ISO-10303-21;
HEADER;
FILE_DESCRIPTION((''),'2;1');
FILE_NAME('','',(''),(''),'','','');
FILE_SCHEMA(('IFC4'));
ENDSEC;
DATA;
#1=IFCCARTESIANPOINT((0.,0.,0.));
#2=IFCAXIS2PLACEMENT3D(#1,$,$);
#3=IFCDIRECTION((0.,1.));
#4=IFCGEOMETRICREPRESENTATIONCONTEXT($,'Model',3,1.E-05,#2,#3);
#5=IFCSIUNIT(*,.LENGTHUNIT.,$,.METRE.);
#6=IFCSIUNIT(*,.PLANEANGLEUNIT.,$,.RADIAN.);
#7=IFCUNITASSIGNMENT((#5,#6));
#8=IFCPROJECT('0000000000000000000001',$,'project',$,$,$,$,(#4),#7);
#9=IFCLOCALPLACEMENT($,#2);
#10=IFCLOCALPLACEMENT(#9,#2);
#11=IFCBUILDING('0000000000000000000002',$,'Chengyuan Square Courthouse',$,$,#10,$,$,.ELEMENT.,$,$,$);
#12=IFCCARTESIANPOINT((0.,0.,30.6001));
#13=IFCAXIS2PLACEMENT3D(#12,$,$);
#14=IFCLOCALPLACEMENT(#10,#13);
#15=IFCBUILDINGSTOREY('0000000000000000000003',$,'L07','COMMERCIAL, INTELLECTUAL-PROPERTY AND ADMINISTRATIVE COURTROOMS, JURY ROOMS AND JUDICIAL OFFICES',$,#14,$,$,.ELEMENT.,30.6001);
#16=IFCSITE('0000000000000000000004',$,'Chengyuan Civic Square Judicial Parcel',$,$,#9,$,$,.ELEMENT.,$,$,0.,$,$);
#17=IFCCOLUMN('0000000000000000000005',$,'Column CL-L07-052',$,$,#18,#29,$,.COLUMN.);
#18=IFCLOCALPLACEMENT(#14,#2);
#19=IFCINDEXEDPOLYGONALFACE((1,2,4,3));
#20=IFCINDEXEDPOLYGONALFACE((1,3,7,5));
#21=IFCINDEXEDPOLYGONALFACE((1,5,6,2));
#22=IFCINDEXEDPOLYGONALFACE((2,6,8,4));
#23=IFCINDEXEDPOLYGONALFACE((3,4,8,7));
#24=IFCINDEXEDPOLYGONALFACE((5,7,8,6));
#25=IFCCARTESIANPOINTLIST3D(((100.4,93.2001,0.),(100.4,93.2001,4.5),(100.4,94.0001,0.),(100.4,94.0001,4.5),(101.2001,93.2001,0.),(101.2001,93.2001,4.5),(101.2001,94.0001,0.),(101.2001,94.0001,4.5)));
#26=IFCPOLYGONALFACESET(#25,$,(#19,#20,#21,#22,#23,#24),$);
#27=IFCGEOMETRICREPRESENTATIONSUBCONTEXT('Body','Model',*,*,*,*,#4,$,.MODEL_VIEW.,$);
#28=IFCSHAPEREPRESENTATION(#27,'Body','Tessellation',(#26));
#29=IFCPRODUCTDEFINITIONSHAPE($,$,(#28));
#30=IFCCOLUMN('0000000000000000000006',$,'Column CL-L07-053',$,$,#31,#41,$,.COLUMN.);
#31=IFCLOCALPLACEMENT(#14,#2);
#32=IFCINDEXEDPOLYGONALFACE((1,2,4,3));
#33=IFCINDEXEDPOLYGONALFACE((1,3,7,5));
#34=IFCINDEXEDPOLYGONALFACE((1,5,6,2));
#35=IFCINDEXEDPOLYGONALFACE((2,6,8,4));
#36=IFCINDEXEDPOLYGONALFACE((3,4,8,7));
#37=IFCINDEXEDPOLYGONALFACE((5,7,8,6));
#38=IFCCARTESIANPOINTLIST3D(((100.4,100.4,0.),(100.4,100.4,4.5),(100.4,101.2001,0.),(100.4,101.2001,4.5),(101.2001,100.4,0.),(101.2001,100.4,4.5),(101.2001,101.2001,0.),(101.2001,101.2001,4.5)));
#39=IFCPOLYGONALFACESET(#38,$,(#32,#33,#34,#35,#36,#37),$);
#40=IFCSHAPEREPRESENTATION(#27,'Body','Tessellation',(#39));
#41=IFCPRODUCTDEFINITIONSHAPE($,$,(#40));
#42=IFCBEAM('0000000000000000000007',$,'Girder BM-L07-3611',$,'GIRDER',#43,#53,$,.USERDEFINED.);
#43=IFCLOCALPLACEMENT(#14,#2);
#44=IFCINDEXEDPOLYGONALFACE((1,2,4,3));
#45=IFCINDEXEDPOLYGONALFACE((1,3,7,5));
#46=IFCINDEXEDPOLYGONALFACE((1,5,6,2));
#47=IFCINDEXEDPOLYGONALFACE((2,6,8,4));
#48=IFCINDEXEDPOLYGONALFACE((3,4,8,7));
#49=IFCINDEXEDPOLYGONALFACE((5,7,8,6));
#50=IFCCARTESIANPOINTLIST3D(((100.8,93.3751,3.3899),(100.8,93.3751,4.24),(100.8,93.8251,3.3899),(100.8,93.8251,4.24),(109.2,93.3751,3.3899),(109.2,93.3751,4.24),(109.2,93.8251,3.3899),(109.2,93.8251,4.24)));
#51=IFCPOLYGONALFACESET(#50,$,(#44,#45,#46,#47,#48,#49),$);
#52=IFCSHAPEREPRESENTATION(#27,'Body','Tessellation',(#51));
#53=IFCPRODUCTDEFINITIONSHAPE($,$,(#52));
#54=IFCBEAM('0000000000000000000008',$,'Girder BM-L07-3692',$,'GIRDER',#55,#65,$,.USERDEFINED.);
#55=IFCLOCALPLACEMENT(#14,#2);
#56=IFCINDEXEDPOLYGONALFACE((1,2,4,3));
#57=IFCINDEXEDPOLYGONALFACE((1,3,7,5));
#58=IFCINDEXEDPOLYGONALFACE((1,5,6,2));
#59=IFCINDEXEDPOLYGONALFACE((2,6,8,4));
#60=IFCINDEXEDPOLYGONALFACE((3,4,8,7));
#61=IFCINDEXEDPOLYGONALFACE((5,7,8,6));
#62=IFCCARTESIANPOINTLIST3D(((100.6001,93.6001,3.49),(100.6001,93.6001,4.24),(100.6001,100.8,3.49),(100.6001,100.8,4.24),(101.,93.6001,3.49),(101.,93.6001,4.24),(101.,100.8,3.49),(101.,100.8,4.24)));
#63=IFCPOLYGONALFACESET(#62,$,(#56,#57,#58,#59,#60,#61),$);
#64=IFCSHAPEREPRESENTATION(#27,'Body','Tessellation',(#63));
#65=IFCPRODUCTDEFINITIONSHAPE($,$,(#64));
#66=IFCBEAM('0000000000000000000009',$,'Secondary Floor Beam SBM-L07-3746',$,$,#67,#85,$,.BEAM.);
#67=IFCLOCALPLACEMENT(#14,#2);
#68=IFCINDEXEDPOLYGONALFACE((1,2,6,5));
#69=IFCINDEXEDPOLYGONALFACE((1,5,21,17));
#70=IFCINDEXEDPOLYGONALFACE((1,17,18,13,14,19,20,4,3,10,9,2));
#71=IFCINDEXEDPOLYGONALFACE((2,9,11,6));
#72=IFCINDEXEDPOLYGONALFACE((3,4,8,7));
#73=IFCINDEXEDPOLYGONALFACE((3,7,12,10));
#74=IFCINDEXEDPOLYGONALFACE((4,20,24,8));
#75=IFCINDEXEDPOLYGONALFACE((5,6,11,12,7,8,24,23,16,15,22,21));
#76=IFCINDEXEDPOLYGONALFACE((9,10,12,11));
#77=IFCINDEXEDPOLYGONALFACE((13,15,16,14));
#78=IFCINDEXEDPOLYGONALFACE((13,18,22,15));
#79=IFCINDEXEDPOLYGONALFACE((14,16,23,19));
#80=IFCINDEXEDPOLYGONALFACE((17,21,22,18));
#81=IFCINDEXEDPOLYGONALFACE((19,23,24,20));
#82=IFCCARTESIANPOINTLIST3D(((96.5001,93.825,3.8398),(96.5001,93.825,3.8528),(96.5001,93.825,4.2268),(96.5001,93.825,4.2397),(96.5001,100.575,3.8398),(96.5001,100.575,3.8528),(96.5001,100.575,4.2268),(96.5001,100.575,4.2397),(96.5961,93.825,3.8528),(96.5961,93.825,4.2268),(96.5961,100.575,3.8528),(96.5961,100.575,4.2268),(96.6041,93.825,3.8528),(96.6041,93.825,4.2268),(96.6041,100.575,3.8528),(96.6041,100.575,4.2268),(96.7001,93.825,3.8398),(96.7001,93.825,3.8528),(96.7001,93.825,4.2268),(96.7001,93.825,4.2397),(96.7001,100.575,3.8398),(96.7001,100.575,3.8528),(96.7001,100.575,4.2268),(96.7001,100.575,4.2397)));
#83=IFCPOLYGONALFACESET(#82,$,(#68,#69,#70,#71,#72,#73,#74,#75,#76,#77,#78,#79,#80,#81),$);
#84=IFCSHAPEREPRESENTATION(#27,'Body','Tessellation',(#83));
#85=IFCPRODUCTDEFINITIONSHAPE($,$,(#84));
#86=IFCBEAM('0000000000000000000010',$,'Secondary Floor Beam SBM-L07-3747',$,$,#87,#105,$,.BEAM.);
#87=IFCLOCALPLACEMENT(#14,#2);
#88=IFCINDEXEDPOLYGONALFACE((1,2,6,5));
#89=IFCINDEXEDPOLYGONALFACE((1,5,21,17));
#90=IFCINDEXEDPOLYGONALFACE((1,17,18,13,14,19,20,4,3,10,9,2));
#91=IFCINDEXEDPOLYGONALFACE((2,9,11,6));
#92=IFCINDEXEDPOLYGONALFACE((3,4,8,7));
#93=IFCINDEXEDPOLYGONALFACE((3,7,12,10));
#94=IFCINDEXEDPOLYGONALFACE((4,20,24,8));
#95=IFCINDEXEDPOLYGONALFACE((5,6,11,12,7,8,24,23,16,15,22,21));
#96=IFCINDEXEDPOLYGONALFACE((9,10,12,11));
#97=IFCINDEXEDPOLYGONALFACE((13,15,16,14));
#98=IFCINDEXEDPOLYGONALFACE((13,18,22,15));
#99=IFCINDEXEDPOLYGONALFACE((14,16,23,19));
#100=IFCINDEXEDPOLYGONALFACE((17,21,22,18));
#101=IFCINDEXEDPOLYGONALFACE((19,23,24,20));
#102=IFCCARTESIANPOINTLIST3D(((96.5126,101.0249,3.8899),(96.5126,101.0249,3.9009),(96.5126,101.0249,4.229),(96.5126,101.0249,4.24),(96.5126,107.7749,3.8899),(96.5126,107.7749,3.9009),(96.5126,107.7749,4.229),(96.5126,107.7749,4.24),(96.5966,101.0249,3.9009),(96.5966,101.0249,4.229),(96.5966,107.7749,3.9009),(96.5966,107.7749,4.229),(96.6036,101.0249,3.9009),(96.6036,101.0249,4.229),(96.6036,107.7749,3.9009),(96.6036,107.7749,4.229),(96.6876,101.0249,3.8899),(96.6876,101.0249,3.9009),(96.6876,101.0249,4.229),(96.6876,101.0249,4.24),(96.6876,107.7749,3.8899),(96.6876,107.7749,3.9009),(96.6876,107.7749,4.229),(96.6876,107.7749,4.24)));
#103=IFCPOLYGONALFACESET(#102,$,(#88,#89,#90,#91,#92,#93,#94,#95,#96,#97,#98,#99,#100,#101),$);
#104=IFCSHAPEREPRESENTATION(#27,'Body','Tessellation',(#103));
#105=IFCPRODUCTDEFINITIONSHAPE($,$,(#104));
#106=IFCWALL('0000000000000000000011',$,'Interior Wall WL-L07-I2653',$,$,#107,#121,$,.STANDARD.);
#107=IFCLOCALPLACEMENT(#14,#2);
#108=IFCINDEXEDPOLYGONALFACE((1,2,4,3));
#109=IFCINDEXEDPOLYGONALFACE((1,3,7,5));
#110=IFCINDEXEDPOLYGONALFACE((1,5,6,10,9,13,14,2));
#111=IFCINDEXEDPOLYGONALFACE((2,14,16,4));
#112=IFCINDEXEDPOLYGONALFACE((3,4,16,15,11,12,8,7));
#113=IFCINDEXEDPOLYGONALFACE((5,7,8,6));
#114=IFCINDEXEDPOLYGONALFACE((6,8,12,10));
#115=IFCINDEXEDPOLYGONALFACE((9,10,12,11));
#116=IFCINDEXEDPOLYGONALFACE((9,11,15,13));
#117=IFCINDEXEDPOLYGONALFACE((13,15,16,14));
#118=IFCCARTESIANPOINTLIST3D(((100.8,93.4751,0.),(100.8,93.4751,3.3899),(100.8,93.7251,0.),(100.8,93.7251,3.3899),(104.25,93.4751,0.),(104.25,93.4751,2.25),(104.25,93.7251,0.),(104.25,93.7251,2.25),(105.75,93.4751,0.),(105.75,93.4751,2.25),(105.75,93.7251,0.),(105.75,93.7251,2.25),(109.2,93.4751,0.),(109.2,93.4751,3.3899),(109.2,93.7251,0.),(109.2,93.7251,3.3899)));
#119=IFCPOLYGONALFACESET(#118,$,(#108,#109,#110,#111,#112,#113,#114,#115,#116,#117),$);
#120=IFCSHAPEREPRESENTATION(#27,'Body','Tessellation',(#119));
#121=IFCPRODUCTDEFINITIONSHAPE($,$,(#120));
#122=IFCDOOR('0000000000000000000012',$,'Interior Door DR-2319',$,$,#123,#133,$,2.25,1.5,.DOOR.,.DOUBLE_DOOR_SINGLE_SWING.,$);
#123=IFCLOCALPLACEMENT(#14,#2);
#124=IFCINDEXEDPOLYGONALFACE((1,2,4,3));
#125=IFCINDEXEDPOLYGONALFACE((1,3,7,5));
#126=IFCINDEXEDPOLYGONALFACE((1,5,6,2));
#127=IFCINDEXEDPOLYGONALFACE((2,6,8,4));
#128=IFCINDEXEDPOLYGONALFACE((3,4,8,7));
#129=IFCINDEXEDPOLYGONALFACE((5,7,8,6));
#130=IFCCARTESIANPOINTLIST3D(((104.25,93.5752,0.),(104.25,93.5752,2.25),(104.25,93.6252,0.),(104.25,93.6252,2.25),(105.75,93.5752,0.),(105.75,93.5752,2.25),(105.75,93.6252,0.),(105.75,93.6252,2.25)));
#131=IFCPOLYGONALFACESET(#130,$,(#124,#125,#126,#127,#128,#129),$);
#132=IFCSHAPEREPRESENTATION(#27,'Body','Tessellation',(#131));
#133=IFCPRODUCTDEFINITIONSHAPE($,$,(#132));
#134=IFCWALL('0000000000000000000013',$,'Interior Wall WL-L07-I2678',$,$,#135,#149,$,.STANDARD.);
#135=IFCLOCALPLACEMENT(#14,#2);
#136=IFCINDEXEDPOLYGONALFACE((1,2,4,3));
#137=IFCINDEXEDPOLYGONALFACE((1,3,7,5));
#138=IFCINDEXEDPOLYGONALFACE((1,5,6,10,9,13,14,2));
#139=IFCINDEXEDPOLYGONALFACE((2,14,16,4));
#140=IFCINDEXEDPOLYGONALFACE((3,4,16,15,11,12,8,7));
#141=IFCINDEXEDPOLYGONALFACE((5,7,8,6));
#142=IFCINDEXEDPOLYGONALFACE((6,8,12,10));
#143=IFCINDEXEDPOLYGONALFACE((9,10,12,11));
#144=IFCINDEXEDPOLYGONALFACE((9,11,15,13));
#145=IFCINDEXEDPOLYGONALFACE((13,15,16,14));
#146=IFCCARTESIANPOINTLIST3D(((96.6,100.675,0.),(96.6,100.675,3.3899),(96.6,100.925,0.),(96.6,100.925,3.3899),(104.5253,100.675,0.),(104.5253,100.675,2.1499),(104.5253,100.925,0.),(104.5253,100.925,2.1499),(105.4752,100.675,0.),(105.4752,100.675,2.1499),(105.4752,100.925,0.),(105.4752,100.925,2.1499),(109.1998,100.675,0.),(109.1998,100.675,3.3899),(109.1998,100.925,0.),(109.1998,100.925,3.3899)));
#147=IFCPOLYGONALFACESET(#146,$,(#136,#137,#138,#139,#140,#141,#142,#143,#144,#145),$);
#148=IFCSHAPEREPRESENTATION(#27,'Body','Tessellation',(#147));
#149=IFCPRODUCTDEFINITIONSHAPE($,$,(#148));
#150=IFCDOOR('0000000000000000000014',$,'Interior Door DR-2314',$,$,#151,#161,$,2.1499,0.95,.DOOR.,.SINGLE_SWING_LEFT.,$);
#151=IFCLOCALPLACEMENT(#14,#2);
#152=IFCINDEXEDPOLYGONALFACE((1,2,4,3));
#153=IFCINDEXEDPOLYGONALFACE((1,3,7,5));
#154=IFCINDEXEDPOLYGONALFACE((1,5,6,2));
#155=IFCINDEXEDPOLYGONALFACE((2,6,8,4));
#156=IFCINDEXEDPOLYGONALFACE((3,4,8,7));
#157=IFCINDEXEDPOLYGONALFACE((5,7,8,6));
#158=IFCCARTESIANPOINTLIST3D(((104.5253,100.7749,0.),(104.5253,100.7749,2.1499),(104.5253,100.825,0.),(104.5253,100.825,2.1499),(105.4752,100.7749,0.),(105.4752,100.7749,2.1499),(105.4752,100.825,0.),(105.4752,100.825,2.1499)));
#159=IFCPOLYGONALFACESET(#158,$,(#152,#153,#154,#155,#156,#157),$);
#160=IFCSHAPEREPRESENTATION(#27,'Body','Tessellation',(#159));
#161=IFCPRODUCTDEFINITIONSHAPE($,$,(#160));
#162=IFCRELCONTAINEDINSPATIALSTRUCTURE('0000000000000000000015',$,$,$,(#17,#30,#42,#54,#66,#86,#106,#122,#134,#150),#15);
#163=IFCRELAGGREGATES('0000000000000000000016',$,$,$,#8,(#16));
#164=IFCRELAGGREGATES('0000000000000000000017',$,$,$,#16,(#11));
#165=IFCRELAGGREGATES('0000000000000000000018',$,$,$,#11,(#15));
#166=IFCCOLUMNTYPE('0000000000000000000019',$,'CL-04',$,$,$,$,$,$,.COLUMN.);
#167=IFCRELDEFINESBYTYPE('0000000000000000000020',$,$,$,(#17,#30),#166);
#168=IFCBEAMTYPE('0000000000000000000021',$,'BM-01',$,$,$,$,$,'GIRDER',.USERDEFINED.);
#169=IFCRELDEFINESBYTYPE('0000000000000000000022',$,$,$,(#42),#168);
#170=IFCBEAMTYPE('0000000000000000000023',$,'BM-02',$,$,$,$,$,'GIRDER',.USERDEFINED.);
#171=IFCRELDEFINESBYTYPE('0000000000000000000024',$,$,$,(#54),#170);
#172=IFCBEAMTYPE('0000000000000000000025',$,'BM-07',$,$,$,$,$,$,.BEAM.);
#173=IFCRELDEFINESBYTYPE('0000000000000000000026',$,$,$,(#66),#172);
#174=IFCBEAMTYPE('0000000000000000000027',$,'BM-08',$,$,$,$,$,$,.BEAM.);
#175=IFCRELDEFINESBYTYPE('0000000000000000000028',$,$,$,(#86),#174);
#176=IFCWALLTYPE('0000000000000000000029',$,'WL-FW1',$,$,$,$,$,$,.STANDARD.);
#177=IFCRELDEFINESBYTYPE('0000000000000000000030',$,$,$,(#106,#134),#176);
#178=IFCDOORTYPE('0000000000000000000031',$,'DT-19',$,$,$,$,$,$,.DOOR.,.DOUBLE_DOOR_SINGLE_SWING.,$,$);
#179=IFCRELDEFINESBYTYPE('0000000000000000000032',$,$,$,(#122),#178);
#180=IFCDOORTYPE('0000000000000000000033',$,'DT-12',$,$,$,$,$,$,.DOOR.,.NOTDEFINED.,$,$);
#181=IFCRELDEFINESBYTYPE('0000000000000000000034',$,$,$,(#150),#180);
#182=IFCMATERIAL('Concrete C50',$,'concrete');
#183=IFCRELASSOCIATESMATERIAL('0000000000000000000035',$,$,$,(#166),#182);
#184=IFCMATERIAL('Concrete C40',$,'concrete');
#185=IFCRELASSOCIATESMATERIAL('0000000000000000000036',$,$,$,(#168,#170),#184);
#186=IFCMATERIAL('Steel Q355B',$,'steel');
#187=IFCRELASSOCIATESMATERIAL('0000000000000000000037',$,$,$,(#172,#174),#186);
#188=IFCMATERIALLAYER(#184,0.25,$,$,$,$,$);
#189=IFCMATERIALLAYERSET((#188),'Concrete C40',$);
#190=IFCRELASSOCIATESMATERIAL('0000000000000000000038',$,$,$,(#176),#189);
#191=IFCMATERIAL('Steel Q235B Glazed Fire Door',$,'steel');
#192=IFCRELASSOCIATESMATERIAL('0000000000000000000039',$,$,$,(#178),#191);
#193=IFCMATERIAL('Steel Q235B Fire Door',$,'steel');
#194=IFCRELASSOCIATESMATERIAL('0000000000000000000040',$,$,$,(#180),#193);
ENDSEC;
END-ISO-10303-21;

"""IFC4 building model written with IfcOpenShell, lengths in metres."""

from ifc_helpers import new_model, si_unit, direction, frame, frame_2d, origin, origin_2d, place, context, subcontext, project, spatial, rectangle, i_section, extrude, material, layer, layer_set, material_profile, profile_set, type_object, element, fill, save


model = new_model("IFC4")

# Units and contexts
model_context = context("Model", 3, precision=1e-05, world=origin(), true_north=direction((0.0, 1.0)))
body_context = subcontext(model_context, "Body", "Model", "MODEL_VIEW")
ifc_project = project(units=[si_unit("LENGTHUNIT", "METRE"), si_unit("PLANEANGLEUNIT", "RADIAN")], contexts=[model_context])

# Site, building, storey
site_placement = place(None, origin())
site = spatial("IfcSite", under=ifc_project, at=site_placement, Name="Chengyuan Civic Square Judicial Parcel", CompositionType="ELEMENT", RefElevation=0.0)
building_placement = place(site_placement, origin())
building = spatial("IfcBuilding", under=site, at=building_placement, Name="Chengyuan Square Courthouse", CompositionType="ELEMENT")
storey_placement = place(building_placement, frame((0.0, 0.0, 30.6001)))
storey = spatial("IfcBuildingStorey", under=building, at=storey_placement, Name="L07", Description="COMMERCIAL, INTELLECTUAL-PROPERTY AND ADMINISTRATIVE COURTROOMS, JURY ROOMS AND JUDICIAL OFFICES", CompositionType="ELEMENT", Elevation=30.6001)

# Columns
ifc_material_1 = material(Name="Concrete C50", Category="concrete")
ifc_material_profile_1 = material_profile(ifc_material_1, rectangle(XDim=0.8, YDim=0.8, at=origin_2d()), Name="RC-COL-800x800")
ifc_profile_set_1 = profile_set([ifc_material_profile_1], Name="Concrete C50")
column_type = type_object("IfcColumnType", Name="CL-04", PredefinedType="COLUMN", material=ifc_profile_set_1)
for number, where, z_axis, x_axis, name in (
    (1, (100.8, 93.6001, 0.0), (0.0, 0.0, 1.0), (1.0, 0.0, 0.0), "Column CL-L07-052"),
    (2, (100.8, 100.8, 0.0), (0.0, 0.0, 1.0), (1.0, 0.0, 0.0), "Column CL-L07-053"),
):
    element("IfcColumn", number, at=place(storey_placement, frame(where, z_axis=z_axis, x_axis=x_axis)), inside=storey, type_object=column_type, Name=name, PredefinedType="COLUMN", context=body_context, shape_type="SweptSolid", body=[
        extrude(rectangle(XDim=0.8, YDim=0.8, at=origin_2d()), origin(), (0.0, 0.0, 1.0), 4.5),
    ])

# Beams
ifc_material_2 = material(Name="Concrete C40", Category="concrete")
ifc_material_profile_2 = material_profile(ifc_material_2, rectangle(XDim=0.45, YDim=0.8501, at=origin_2d()), Name="RC-BM-450x850")
ifc_profile_set_2 = profile_set([ifc_material_profile_2], Name="Concrete C40")
beam_type_1 = type_object("IfcBeamType", Name="BM-01", ElementType="GIRDER", PredefinedType="USERDEFINED", material=ifc_profile_set_2)
beam_1_placement = place(storey_placement, frame((100.8, 93.6001, 3.8149), z_axis=(1.0, 0.0, 0.0), x_axis=(0.0, 1.0, 0.0)))
element("IfcBeam", 3, at=beam_1_placement, inside=storey, type_object=beam_type_1, Name="Girder BM-L07-3611", ObjectType="GIRDER", PredefinedType="USERDEFINED", context=body_context, shape_type="SweptSolid", body=[
    extrude(rectangle(XDim=0.45, YDim=0.8501, at=origin_2d()), origin(), (0.0, 0.0, 1.0), 8.3999),
])
ifc_material_profile_3 = material_profile(ifc_material_2, rectangle(XDim=0.3999, YDim=0.75, at=origin_2d()), Name="RC-BM-400x750")
ifc_profile_set_3 = profile_set([ifc_material_profile_3], Name="Concrete C40")
beam_type_2 = type_object("IfcBeamType", Name="BM-02", ElementType="GIRDER", PredefinedType="USERDEFINED", material=ifc_profile_set_3)
beam_2_placement = place(storey_placement, frame((100.8, 93.6001, 3.865), z_axis=(0.0, 1.0, 0.0), x_axis=(-1.0, 0.0, 0.0)))
element("IfcBeam", 4, at=beam_2_placement, inside=storey, type_object=beam_type_2, Name="Girder BM-L07-3692", ObjectType="GIRDER", PredefinedType="USERDEFINED", context=body_context, shape_type="SweptSolid", body=[
    extrude(rectangle(XDim=0.3999, YDim=0.75, at=origin_2d()), origin(), (0.0, 0.0, 1.0), 7.2),
])
ifc_material_3 = material(Name="Steel Q355B", Category="steel")
ifc_material_profile_4 = material_profile(ifc_material_3, i_section(OverallWidth=0.2, OverallDepth=0.3999, WebThickness=0.0081, FlangeThickness=0.0129, at=origin_2d()), Name="HN 400x200x8x13")
ifc_profile_set_4 = profile_set([ifc_material_profile_4], Name="Steel Q355B")
beam_type_3 = type_object("IfcBeamType", Name="BM-07", PredefinedType="BEAM", material=ifc_profile_set_4)
beam_3_placement = place(storey_placement, frame((96.6001, 93.825, 4.0398), z_axis=(0.0, 1.0, 0.0), x_axis=(-1.0, 0.0, 0.0)))
element("IfcBeam", 5, at=beam_3_placement, inside=storey, type_object=beam_type_3, Name="Secondary Floor Beam SBM-L07-3746", PredefinedType="BEAM", context=body_context, shape_type="SweptSolid", body=[
    extrude(i_section(OverallWidth=0.2, OverallDepth=0.3999, WebThickness=0.0081, FlangeThickness=0.0129, at=origin_2d()), origin(), (0.0, 0.0, 1.0), 6.75),
])
ifc_material_profile_5 = material_profile(ifc_material_3, i_section(OverallWidth=0.175, OverallDepth=0.3501, WebThickness=0.0071, FlangeThickness=0.011, at=origin_2d()), Name="HN 350x175x7x11")
ifc_profile_set_5 = profile_set([ifc_material_profile_5], Name="Steel Q355B")
beam_type_4 = type_object("IfcBeamType", Name="BM-08", PredefinedType="BEAM", material=ifc_profile_set_5)
beam_4_placement = place(storey_placement, frame((96.6001, 101.0249, 4.0649), z_axis=(0.0, 1.0, 0.0), x_axis=(-1.0, 0.0, 0.0)))
element("IfcBeam", 6, at=beam_4_placement, inside=storey, type_object=beam_type_4, Name="Secondary Floor Beam SBM-L07-3747", PredefinedType="BEAM", context=body_context, shape_type="SweptSolid", body=[
    extrude(i_section(OverallWidth=0.175, OverallDepth=0.3501, WebThickness=0.0071, FlangeThickness=0.011, at=origin_2d()), origin(), (0.0, 0.0, 1.0), 6.75),
])

# Walls, openings, doors
ifc_layer_1 = layer(ifc_material_2, 0.25)
ifc_layer_set_1 = layer_set([ifc_layer_1], Name="Concrete C40")
wall_type_1 = type_object("IfcWallType", Name="WL-FW1", PredefinedType="STANDARD", material=ifc_layer_set_1)
wall_1_placement = place(storey_placement, frame((100.8, 93.6001, 0.0), z_axis=(0.0, 0.0, 1.0), x_axis=(1.0, 0.0, 0.0)))
wall_1 = element("IfcWall", 7, at=wall_1_placement, inside=storey, type_object=wall_type_1, Name="Interior Wall WL-L07-I2653", PredefinedType="STANDARD", context=body_context, shape_type="SweptSolid", body=[
    extrude(rectangle(XDim=8.3999, YDim=0.25, at=frame_2d((4.2, 0.0))), origin(), (0.0, 0.0, 1.0), 3.3899),
])
opening_1_placement = place(wall_1_placement, frame((3.45, 0.0, 0.0)))
opening_1 = element("IfcOpeningElement", 8, at=opening_1_placement, cuts=wall_1, PredefinedType="OPENING", context=body_context, shape_type="SweptSolid", body=[
    extrude(rectangle(XDim=1.5, YDim=2.25, at=frame_2d((0.75, 1.125))), frame((0.0, 0.137, 0.0), z_axis=(0.0, -1.0, 0.0), x_axis=(1.0, 0.0, 0.0)), (0.0, 0.0, 1.0), 0.2739),
])
ifc_material_4 = material(Name="Steel Q235B Glazed Fire Door", Category="steel")
door_type_1 = type_object("IfcDoorType", Name="DT-19", OperationType="DOUBLE_DOOR_SINGLE_SWING", PredefinedType="DOOR", material=ifc_material_4)
door_1_placement = place(opening_1_placement, frame((1.5, 0.0, 0.0), z_axis=(0.0, 0.0, 1.0), x_axis=(-1.0, 0.0, 0.0)))
door_1 = element("IfcDoor", 9, at=door_1_placement, inside=storey, type_object=door_type_1, Name="Interior Door DR-2319", OperationType="DOUBLE_DOOR_SINGLE_SWING", OverallHeight=2.25, OverallWidth=1.5, PredefinedType="DOOR", context=body_context, shape_type="SweptSolid", body=[
    extrude(rectangle(XDim=1.5, YDim=2.25, at=frame_2d((0.75, 1.125))), frame((0.0, 0.0249, 0.0), z_axis=(0.0, -1.0, 0.0), x_axis=(1.0, 0.0, 0.0)), (0.0, 0.0, 1.0), 0.05),
])
fill(opening_1, door_1)
wall_2_placement = place(storey_placement, frame((96.6001, 100.8, 0.0), z_axis=(0.0, 0.0, 1.0), x_axis=(1.0, 0.0, 0.0)))
wall_2 = element("IfcWall", 10, at=wall_2_placement, inside=storey, type_object=wall_type_1, Name="Interior Wall WL-L07-I2678", PredefinedType="STANDARD", context=body_context, shape_type="SweptSolid", body=[
    extrude(rectangle(XDim=12.5999, YDim=0.25, at=frame_2d((6.2998, 0.0))), origin(), (0.0, 0.0, 1.0), 3.3899),
])
opening_2_placement = place(wall_2_placement, frame((7.925, 0.0, 0.0)))
opening_2 = element("IfcOpeningElement", 11, at=opening_2_placement, cuts=wall_2, PredefinedType="OPENING", context=body_context, shape_type="SweptSolid", body=[
    extrude(rectangle(XDim=0.95, YDim=2.1499, at=frame_2d((0.4751, 1.075))), frame((0.0, 0.137, 0.0), z_axis=(0.0, -1.0, 0.0), x_axis=(1.0, 0.0, 0.0)), (0.0, 0.0, 1.0), 0.2739),
])
ifc_material_5 = material(Name="Steel Q235B Fire Door", Category="steel")
door_type_2 = type_object("IfcDoorType", Name="DT-12", OperationType="NOTDEFINED", PredefinedType="DOOR", material=ifc_material_5)
door_2_placement = place(opening_2_placement, origin())
door_2 = element("IfcDoor", 12, at=door_2_placement, inside=storey, type_object=door_type_2, Name="Interior Door DR-2314", OperationType="SINGLE_SWING_LEFT", OverallHeight=2.1499, OverallWidth=0.95, PredefinedType="DOOR", context=body_context, shape_type="SweptSolid", body=[
    extrude(rectangle(XDim=0.95, YDim=2.1499, at=frame_2d((0.4751, 1.075))), frame((0.0, 0.0249, 0.0), z_axis=(0.0, -1.0, 0.0), x_axis=(1.0, 0.0, 0.0)), (0.0, 0.0, 1.0), 0.05),
])
fill(opening_2, door_2)

save(model, "model.ifc")
